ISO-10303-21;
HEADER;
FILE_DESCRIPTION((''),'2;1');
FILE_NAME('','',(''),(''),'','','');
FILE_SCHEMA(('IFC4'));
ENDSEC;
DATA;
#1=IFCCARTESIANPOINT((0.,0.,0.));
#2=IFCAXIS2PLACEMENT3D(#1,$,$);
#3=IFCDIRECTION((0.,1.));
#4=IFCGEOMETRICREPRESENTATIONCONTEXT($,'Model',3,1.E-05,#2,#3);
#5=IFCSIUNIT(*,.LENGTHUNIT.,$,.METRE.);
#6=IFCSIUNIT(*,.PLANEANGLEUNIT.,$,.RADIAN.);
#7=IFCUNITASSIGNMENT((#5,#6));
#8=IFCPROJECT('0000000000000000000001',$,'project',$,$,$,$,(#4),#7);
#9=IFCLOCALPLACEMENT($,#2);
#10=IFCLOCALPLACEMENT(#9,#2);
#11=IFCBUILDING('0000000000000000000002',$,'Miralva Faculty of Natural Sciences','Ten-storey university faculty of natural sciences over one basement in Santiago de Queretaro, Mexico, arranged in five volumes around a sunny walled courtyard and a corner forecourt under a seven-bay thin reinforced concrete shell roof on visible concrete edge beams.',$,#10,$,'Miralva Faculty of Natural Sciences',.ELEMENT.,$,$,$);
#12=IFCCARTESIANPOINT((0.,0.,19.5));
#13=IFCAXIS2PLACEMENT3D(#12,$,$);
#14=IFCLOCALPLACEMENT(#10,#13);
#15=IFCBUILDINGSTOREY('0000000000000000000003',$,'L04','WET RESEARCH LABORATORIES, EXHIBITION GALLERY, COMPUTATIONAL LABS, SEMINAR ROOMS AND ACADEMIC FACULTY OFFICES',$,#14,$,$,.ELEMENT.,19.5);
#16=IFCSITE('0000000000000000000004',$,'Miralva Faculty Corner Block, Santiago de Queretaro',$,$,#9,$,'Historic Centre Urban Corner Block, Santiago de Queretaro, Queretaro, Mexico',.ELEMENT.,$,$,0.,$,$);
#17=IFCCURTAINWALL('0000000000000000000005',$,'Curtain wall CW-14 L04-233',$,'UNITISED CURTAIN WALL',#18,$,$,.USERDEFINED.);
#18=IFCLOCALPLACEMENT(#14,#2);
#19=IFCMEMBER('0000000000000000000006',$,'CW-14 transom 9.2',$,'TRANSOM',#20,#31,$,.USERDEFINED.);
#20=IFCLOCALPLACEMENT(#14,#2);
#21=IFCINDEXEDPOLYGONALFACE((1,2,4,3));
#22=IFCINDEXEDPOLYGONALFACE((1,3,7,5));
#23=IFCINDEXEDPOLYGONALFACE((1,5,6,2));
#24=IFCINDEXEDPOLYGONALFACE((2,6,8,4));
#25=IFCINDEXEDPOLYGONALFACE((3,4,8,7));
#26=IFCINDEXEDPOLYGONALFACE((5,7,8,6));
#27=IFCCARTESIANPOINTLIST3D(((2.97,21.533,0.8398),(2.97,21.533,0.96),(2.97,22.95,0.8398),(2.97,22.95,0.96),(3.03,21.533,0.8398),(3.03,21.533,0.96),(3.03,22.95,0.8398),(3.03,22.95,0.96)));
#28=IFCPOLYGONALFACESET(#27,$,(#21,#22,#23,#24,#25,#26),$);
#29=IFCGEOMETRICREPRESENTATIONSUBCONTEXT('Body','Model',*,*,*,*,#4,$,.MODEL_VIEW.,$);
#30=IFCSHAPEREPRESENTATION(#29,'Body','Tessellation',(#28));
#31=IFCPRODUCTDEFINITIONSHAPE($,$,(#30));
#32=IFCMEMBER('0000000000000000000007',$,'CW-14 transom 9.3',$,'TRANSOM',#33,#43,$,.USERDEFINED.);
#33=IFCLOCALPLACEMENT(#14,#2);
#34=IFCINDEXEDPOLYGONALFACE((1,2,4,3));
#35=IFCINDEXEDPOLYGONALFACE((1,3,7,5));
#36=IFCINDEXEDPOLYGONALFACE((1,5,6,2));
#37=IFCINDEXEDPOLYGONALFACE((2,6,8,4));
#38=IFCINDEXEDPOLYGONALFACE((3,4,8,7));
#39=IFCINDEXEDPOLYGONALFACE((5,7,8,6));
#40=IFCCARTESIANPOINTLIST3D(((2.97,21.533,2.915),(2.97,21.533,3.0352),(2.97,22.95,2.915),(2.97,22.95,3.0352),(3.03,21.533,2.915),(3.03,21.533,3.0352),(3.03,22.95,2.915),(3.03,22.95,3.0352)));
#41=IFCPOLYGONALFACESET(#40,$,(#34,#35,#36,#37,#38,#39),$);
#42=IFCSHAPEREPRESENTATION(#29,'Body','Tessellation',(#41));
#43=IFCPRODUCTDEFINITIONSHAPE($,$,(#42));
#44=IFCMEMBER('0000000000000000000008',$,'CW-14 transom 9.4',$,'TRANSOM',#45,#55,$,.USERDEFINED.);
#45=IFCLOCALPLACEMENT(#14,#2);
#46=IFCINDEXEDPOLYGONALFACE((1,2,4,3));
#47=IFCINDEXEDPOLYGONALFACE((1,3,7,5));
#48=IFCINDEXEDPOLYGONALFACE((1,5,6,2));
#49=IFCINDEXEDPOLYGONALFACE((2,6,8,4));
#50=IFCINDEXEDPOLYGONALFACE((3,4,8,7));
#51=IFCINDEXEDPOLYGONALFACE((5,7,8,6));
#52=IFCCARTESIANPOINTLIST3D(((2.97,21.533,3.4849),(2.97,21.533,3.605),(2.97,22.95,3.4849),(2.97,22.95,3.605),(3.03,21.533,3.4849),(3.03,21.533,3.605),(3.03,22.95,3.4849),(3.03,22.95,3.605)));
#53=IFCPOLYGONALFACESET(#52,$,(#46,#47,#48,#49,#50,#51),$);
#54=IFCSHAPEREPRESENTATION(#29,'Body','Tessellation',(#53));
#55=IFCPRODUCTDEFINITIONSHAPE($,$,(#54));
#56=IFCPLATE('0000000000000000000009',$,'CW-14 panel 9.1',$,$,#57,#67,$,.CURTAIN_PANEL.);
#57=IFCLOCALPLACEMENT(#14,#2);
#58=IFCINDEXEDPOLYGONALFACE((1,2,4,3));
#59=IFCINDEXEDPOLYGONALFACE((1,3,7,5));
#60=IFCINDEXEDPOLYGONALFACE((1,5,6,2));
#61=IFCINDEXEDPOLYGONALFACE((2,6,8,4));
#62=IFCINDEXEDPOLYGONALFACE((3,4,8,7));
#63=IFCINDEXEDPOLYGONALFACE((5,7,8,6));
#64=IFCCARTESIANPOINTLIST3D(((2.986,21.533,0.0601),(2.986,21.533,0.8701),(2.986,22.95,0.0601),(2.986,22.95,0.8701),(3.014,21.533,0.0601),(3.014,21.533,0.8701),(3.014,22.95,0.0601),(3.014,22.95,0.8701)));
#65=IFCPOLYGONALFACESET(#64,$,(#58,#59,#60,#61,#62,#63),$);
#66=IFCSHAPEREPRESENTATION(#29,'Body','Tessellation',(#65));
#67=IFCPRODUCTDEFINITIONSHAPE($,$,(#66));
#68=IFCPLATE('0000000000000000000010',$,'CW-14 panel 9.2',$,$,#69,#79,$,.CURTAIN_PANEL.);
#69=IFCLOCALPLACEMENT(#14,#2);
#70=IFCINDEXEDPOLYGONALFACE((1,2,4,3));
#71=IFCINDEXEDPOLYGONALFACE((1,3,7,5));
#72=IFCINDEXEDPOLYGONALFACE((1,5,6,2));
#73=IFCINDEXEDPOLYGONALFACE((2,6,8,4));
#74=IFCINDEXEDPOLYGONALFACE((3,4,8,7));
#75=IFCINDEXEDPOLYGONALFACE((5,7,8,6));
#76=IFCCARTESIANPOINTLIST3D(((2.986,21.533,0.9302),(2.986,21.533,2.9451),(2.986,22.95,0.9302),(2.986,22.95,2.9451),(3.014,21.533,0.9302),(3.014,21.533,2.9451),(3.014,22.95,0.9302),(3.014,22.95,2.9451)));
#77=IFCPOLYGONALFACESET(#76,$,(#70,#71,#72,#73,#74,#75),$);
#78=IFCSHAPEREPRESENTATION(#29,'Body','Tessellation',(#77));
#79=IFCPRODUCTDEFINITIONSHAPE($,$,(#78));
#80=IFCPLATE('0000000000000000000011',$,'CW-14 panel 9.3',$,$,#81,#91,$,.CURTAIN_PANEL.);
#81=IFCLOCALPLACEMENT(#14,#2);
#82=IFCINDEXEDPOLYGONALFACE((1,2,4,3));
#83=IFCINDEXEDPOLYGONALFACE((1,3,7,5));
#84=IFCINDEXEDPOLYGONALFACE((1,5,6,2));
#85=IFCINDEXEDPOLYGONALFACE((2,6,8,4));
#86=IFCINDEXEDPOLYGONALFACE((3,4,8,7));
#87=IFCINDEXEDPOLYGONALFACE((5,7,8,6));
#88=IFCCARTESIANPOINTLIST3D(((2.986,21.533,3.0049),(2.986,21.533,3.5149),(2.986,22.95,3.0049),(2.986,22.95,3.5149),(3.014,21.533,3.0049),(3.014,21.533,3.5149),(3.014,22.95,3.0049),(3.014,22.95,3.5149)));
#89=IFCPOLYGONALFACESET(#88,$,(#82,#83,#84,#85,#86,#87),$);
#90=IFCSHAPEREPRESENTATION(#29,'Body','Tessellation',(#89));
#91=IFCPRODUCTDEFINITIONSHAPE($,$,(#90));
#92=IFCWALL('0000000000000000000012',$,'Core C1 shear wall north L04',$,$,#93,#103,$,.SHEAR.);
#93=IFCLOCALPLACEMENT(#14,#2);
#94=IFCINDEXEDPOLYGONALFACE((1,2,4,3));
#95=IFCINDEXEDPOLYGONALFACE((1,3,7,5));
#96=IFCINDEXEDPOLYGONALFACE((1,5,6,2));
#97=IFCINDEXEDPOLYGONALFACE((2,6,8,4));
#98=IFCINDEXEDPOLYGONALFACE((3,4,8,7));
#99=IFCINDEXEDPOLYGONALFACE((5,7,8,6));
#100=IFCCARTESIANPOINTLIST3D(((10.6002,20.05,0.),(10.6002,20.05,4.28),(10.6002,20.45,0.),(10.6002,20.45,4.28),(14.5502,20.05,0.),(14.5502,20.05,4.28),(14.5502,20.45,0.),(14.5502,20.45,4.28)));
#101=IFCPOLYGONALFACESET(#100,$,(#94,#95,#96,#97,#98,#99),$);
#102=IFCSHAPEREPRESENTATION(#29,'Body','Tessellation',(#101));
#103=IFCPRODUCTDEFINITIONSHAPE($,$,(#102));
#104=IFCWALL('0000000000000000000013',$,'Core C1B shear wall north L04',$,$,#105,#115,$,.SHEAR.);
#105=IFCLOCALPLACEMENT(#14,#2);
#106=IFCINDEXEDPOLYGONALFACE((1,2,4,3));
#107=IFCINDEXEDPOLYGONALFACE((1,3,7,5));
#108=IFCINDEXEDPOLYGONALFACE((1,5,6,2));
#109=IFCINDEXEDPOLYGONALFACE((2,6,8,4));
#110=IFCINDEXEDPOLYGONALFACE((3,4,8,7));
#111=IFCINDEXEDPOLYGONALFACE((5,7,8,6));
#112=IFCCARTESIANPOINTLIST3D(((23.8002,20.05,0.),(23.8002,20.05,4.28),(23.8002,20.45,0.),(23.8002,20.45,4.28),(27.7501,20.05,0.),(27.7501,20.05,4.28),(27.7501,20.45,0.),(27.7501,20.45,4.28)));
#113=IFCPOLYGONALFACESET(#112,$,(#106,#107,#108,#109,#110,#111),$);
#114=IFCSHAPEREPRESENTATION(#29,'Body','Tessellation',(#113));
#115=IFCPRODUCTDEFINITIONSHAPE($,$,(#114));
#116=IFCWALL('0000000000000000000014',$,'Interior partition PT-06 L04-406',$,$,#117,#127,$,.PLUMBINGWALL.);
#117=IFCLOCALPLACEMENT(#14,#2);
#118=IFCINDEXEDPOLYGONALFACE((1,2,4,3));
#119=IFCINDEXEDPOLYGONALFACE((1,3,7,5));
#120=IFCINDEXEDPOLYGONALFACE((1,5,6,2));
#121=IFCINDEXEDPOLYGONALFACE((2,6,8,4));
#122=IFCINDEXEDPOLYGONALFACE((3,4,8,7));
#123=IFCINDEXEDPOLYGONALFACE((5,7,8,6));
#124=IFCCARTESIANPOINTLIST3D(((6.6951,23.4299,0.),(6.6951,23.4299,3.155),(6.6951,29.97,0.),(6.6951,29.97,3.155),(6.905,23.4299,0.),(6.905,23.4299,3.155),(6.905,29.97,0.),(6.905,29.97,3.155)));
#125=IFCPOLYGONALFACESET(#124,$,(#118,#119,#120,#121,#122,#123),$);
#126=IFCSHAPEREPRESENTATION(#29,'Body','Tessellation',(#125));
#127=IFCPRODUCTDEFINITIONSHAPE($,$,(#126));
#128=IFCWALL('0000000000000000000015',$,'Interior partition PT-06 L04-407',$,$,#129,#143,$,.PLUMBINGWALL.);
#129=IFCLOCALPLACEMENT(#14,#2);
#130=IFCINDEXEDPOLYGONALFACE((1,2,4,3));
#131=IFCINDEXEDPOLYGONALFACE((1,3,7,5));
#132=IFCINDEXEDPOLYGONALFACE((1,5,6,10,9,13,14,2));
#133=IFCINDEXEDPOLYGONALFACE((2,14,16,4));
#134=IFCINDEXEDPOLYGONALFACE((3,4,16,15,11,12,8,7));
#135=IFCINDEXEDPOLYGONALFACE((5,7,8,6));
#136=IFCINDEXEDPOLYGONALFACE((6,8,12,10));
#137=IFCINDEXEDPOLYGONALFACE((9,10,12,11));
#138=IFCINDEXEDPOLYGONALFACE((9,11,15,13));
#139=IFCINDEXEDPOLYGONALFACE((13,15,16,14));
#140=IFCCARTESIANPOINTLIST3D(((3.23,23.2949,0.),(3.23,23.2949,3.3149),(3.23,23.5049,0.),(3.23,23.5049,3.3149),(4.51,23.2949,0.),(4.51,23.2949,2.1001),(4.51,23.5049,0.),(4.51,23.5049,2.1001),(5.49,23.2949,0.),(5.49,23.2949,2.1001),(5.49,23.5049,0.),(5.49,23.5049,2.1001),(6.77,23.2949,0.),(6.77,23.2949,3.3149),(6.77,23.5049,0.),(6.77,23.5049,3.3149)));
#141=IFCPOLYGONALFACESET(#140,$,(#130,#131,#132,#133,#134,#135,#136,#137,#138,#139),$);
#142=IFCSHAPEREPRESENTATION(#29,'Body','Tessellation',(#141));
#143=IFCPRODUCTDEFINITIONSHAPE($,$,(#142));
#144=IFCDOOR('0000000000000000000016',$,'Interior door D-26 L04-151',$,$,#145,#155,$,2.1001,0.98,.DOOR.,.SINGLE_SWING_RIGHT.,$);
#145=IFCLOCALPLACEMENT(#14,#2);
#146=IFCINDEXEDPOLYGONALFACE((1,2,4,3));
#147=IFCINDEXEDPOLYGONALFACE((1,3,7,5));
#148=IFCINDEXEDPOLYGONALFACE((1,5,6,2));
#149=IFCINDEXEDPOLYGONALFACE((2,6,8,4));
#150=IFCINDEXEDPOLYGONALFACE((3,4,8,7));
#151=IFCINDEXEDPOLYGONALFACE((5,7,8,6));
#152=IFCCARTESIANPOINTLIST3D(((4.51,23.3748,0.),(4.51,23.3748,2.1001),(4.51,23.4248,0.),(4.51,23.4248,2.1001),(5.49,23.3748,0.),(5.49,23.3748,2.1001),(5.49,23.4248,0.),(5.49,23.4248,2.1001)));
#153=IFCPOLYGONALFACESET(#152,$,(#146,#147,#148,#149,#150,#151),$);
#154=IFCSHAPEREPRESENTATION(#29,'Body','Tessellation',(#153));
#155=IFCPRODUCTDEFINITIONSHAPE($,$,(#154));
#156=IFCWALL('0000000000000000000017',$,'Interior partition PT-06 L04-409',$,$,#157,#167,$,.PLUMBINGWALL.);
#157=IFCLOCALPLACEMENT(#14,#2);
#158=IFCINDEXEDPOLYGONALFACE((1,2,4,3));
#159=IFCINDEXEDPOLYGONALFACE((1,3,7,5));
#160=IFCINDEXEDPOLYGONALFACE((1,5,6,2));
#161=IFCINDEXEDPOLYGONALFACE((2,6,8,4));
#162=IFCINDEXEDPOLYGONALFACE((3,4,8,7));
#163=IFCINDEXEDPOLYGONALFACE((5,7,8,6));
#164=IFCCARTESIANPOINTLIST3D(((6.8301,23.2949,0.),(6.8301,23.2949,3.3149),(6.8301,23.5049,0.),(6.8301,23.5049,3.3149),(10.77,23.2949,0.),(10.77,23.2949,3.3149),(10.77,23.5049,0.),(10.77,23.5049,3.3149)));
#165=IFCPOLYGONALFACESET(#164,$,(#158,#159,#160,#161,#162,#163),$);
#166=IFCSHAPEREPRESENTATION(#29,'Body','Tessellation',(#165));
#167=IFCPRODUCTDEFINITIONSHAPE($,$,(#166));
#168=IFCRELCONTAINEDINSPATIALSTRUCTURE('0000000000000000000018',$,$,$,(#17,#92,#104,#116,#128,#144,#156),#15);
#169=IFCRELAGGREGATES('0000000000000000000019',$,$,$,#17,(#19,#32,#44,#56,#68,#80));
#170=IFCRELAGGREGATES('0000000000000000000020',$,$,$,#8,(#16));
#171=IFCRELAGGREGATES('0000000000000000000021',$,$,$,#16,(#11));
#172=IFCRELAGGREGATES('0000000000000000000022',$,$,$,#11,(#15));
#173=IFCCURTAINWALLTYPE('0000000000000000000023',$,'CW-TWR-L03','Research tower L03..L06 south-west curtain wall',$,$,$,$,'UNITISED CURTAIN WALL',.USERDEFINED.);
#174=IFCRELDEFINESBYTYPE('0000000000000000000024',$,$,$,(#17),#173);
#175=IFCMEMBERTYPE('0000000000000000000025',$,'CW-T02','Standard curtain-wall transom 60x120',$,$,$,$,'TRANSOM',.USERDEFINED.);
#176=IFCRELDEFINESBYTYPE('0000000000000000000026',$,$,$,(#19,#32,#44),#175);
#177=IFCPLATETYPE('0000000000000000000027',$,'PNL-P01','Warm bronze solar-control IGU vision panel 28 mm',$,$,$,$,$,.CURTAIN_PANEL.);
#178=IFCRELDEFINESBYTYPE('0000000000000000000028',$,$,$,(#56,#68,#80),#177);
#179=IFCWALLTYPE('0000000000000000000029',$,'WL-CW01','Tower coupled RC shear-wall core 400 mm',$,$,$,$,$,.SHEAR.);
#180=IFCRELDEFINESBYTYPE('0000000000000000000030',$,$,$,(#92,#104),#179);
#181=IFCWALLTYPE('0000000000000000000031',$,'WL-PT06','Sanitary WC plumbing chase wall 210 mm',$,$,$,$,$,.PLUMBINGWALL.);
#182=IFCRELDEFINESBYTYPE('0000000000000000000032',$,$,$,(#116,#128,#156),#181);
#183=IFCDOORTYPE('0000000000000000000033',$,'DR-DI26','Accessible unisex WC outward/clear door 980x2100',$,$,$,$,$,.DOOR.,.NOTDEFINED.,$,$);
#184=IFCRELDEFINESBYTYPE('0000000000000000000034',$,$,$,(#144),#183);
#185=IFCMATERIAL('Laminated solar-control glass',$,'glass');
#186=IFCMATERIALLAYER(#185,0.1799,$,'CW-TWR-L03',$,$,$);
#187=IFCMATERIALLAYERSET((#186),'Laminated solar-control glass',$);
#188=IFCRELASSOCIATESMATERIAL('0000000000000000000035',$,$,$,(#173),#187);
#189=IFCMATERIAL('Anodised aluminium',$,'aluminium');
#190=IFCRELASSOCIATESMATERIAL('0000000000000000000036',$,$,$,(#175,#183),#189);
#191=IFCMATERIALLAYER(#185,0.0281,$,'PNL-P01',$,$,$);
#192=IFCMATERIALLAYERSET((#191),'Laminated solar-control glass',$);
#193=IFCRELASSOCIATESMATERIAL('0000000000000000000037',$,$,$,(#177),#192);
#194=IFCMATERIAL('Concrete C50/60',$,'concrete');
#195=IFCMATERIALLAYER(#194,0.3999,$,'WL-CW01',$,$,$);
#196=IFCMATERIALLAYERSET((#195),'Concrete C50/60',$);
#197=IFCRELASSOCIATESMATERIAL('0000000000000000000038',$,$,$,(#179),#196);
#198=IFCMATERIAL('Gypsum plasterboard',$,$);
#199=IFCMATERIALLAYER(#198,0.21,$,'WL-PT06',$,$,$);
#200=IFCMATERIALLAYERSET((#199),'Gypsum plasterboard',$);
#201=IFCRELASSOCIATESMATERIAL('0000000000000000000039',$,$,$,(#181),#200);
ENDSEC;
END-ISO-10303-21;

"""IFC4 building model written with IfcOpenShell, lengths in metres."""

from ifc_helpers import new_model, si_unit, direction, frame, frame_2d, origin, origin_2d, place, context, subcontext, project, spatial, rectangle, extrude, material, layer, layer_set, material_profile, profile_set, type_object, element, fill, aggregate, save


model = new_model("IFC4")

# Units and contexts
model_context = context("Model", 3, precision=1e-05, world=origin(), true_north=direction((0.0, 1.0)))
body_context = subcontext(model_context, "Body", "Model", "MODEL_VIEW")
ifc_project = project(units=[si_unit("LENGTHUNIT", "METRE"), si_unit("PLANEANGLEUNIT", "RADIAN")], contexts=[model_context])

# Site, building, storey
site_placement = place(None, origin())
site = spatial("IfcSite", under=ifc_project, at=site_placement, Name="Miralva Faculty Corner Block, Santiago de Queretaro", LongName="Historic Centre Urban Corner Block, Santiago de Queretaro, Queretaro, Mexico", CompositionType="ELEMENT", RefElevation=0.0)
building_placement = place(site_placement, origin())
building = spatial("IfcBuilding", under=site, at=building_placement, Name="Miralva Faculty of Natural Sciences", Description="Ten-storey university faculty of natural sciences over one basement in Santiago de Queretaro, Mexico, arranged in five volumes around a sunny walled courtyard and a corner forecourt under a seven-bay thin reinforced concrete shell roof on visible concrete edge beams.", LongName="Miralva Faculty of Natural Sciences", CompositionType="ELEMENT")
storey_placement = place(building_placement, frame((0.0, 0.0, 19.5)))
storey = spatial("IfcBuildingStorey", under=building, at=storey_placement, Name="L04", Description="WET RESEARCH LABORATORIES, EXHIBITION GALLERY, COMPUTATIONAL LABS, SEMINAR ROOMS AND ACADEMIC FACULTY OFFICES", CompositionType="ELEMENT", Elevation=19.5)

# Curtain wall, members, plates
ifc_material_1 = material(Name="Laminated solar-control glass", Category="glass")
ifc_layer_1 = layer(ifc_material_1, 0.1799, Name="CW-TWR-L03")
ifc_layer_set_1 = layer_set([ifc_layer_1], Name="Laminated solar-control glass")
curtain_wall_type = type_object("IfcCurtainWallType", Name="CW-TWR-L03", Description="Research tower L03..L06 south-west curtain wall", ElementType="UNITISED CURTAIN WALL", PredefinedType="USERDEFINED", material=ifc_layer_set_1)
curtain_wall_placement = place(storey_placement, origin())
curtain_wall = element("IfcCurtainWall", 1, at=curtain_wall_placement, inside=storey, type_object=curtain_wall_type, Name="Curtain wall CW-14 L04-233", ObjectType="UNITISED CURTAIN WALL", PredefinedType="USERDEFINED")
ifc_material_2 = material(Name="Anodised aluminium", Category="aluminium")
ifc_material_profile_1 = material_profile(ifc_material_2, rectangle(XDim=0.0601, YDim=0.1201, at=origin_2d()), Name="TRANSOM 60x120")
ifc_profile_set_1 = profile_set([ifc_material_profile_1], Name="Anodised aluminium")
member_type_1 = type_object("IfcMemberType", Name="CW-T02", Description="Standard curtain-wall transom 60x120", ElementType="TRANSOM", PredefinedType="USERDEFINED", material=ifc_profile_set_1)
member_1_placement = place(storey_placement, frame((3.0, 21.533, 0.8999), z_axis=(0.0, 1.0, 0.0), x_axis=(-1.0, 0.0, 0.0)))
member_1 = element("IfcMember", 2, at=member_1_placement, type_object=member_type_1, Name="CW-14 transom 9.2", ObjectType="TRANSOM", PredefinedType="USERDEFINED", context=body_context, shape_type="SweptSolid", body=[
    extrude(rectangle(XDim=0.0601, YDim=0.1201, at=origin_2d()), origin(), (0.0, 0.0, 1.0), 1.417),
])
member_2_placement = place(storey_placement, frame((3.0, 21.533, 2.9751), z_axis=(0.0, 1.0, 0.0), x_axis=(-1.0, 0.0, 0.0)))
member_2 = element("IfcMember", 3, at=member_2_placement, type_object=member_type_1, Name="CW-14 transom 9.3", ObjectType="TRANSOM", PredefinedType="USERDEFINED", context=body_context, shape_type="SweptSolid", body=[
    extrude(rectangle(XDim=0.0601, YDim=0.1201, at=origin_2d()), origin(), (0.0, 0.0, 1.0), 1.417),
])
member_3_placement = place(storey_placement, frame((3.0, 21.533, 3.5449), z_axis=(0.0, 1.0, 0.0), x_axis=(-1.0, 0.0, 0.0)))
member_3 = element("IfcMember", 4, at=member_3_placement, type_object=member_type_1, Name="CW-14 transom 9.4", ObjectType="TRANSOM", PredefinedType="USERDEFINED", context=body_context, shape_type="SweptSolid", body=[
    extrude(rectangle(XDim=0.0601, YDim=0.1201, at=origin_2d()), origin(), (0.0, 0.0, 1.0), 1.417),
])
ifc_layer_2 = layer(ifc_material_1, 0.0281, Name="PNL-P01")
ifc_layer_set_2 = layer_set([ifc_layer_2], Name="Laminated solar-control glass")
plate_type = type_object("IfcPlateType", Name="PNL-P01", Description="Warm bronze solar-control IGU vision panel 28 mm", PredefinedType="CURTAIN_PANEL", material=ifc_layer_set_2)
plate_1_placement = place(storey_placement, frame((3.0, 22.2415, 0.0601), z_axis=(0.0, 0.0, 1.0), x_axis=(0.0, 1.0, 0.0)))
plate_1 = element("IfcPlate", 5, at=plate_1_placement, type_object=plate_type, Name="CW-14 panel 9.1", PredefinedType="CURTAIN_PANEL", context=body_context, shape_type="SweptSolid", body=[
    extrude(rectangle(XDim=1.417, YDim=0.0281, at=origin_2d()), origin(), (0.0, 0.0, 1.0), 0.8101),
])
plate_2_placement = place(storey_placement, frame((3.0, 22.2415, 0.9302), z_axis=(0.0, 0.0, 1.0), x_axis=(0.0, 1.0, 0.0)))
plate_2 = element("IfcPlate", 6, at=plate_2_placement, type_object=plate_type, Name="CW-14 panel 9.2", PredefinedType="CURTAIN_PANEL", context=body_context, shape_type="SweptSolid", body=[
    extrude(rectangle(XDim=1.417, YDim=0.0281, at=origin_2d()), origin(), (0.0, 0.0, 1.0), 2.0149),
])
plate_3_placement = place(storey_placement, frame((3.0, 22.2415, 3.0049), z_axis=(0.0, 0.0, 1.0), x_axis=(0.0, 1.0, 0.0)))
plate_3 = element("IfcPlate", 7, at=plate_3_placement, type_object=plate_type, Name="CW-14 panel 9.3", PredefinedType="CURTAIN_PANEL", context=body_context, shape_type="SweptSolid", body=[
    extrude(rectangle(XDim=1.417, YDim=0.0281, at=origin_2d()), origin(), (0.0, 0.0, 1.0), 0.51),
])
aggregate(curtain_wall, [member_1, member_2, member_3, plate_1, plate_2, plate_3])

# Walls
ifc_material_3 = material(Name="Concrete C50/60", Category="concrete")
ifc_layer_3 = layer(ifc_material_3, 0.3999, Name="WL-CW01")
ifc_layer_set_3 = layer_set([ifc_layer_3], Name="Concrete C50/60")
wall_type_1 = type_object("IfcWallType", Name="WL-CW01", Description="Tower coupled RC shear-wall core 400 mm", PredefinedType="SHEAR", material=ifc_layer_set_3)
for number, where, z_axis, x_axis, name in (
    (8, (10.6001, 20.25, 0.0), (0.0, 0.0, 1.0), (1.0, 0.0, 0.0), "Core C1 shear wall north L04"),
    (9, (23.8, 20.25, 0.0), (0.0, 0.0, 1.0), (1.0, 0.0, 0.0), "Core C1B shear wall north L04"),
):
    element("IfcWall", number, at=place(storey_placement, frame(where, z_axis=z_axis, x_axis=x_axis)), inside=storey, type_object=wall_type_1, Name=name, PredefinedType="SHEAR", context=body_context, shape_type="SweptSolid", body=[
        extrude(rectangle(XDim=3.95, YDim=0.3999, at=frame_2d((1.9751, 0.0))), origin(), (0.0, 0.0, 1.0), 4.28),
    ])
ifc_material_4 = material(Name="Gypsum plasterboard")
ifc_layer_4 = layer(ifc_material_4, 0.21, Name="WL-PT06")
ifc_layer_set_4 = layer_set([ifc_layer_4], Name="Gypsum plasterboard")
wall_type_2 = type_object("IfcWallType", Name="WL-PT06", Description="Sanitary WC plumbing chase wall 210 mm", PredefinedType="PLUMBINGWALL", material=ifc_layer_set_4)
wall_1_placement = place(storey_placement, frame((6.8, 23.4299, 0.0), z_axis=(0.0, 0.0, 1.0), x_axis=(0.0, 1.0, 0.0)))
element("IfcWall", 10, at=wall_1_placement, inside=storey, type_object=wall_type_2, Name="Interior partition PT-06 L04-406", PredefinedType="PLUMBINGWALL", context=body_context, shape_type="SweptSolid", body=[
    extrude(rectangle(XDim=6.54, YDim=0.21, at=frame_2d((3.27, 0.0))), origin(), (0.0, 0.0, 1.0), 3.155),
])

# Wall, opening, door
wall_2_placement = place(storey_placement, frame((3.23, 23.3999, 0.0), z_axis=(0.0, 0.0, 1.0), x_axis=(1.0, 0.0, 0.0)))
wall_2 = element("IfcWall", 11, at=wall_2_placement, inside=storey, type_object=wall_type_2, Name="Interior partition PT-06 L04-407", PredefinedType="PLUMBINGWALL", context=body_context, shape_type="SweptSolid", body=[
    extrude(rectangle(XDim=3.54, YDim=0.21, at=frame_2d((1.77, 0.0))), origin(), (0.0, 0.0, 1.0), 3.3149),
])
opening_1_placement = place(wall_2_placement, frame((1.28, 0.0, 0.0)))
opening_1 = element("IfcOpeningElement", 12, at=opening_1_placement, cuts=wall_2, PredefinedType="OPENING", context=body_context, shape_type="SweptSolid", body=[
    extrude(rectangle(XDim=0.98, YDim=2.1001, at=frame_2d((0.49, 1.05))), frame((0.0, 0.115, 0.0), z_axis=(0.0, -1.0, 0.0), x_axis=(1.0, 0.0, 0.0)), (0.0, 0.0, 1.0), 0.23),
])
door_type_1 = type_object("IfcDoorType", Name="DR-DI26", Description="Accessible unisex WC outward/clear door 980x2100", OperationType="NOTDEFINED", PredefinedType="DOOR", material=ifc_material_2)
door_1_placement = place(opening_1_placement, origin())
door_1 = element("IfcDoor", 13, at=door_1_placement, inside=storey, type_object=door_type_1, Name="Interior door D-26 L04-151", OperationType="SINGLE_SWING_RIGHT", OverallHeight=2.1001, OverallWidth=0.98, PredefinedType="DOOR", context=body_context, shape_type="SweptSolid", body=[
    extrude(rectangle(XDim=0.98, YDim=2.1001, at=frame_2d((0.49, 1.05))), frame((0.0, 0.0249, 0.0), z_axis=(0.0, -1.0, 0.0), x_axis=(1.0, 0.0, 0.0)), (0.0, 0.0, 1.0), 0.05),
])
fill(opening_1, door_1)

# Wall
wall_3_placement = place(storey_placement, frame((6.8301, 23.3999, 0.0), z_axis=(0.0, 0.0, 1.0), x_axis=(1.0, 0.0, 0.0)))
element("IfcWall", 14, at=wall_3_placement, inside=storey, type_object=wall_type_2, Name="Interior partition PT-06 L04-409", PredefinedType="PLUMBINGWALL", context=body_context, shape_type="SweptSolid", body=[
    extrude(rectangle(XDim=3.9399, YDim=0.21, at=frame_2d((1.97, 0.0))), origin(), (0.0, 0.0, 1.0), 3.3149),
])

save(model, "model.ifc")
